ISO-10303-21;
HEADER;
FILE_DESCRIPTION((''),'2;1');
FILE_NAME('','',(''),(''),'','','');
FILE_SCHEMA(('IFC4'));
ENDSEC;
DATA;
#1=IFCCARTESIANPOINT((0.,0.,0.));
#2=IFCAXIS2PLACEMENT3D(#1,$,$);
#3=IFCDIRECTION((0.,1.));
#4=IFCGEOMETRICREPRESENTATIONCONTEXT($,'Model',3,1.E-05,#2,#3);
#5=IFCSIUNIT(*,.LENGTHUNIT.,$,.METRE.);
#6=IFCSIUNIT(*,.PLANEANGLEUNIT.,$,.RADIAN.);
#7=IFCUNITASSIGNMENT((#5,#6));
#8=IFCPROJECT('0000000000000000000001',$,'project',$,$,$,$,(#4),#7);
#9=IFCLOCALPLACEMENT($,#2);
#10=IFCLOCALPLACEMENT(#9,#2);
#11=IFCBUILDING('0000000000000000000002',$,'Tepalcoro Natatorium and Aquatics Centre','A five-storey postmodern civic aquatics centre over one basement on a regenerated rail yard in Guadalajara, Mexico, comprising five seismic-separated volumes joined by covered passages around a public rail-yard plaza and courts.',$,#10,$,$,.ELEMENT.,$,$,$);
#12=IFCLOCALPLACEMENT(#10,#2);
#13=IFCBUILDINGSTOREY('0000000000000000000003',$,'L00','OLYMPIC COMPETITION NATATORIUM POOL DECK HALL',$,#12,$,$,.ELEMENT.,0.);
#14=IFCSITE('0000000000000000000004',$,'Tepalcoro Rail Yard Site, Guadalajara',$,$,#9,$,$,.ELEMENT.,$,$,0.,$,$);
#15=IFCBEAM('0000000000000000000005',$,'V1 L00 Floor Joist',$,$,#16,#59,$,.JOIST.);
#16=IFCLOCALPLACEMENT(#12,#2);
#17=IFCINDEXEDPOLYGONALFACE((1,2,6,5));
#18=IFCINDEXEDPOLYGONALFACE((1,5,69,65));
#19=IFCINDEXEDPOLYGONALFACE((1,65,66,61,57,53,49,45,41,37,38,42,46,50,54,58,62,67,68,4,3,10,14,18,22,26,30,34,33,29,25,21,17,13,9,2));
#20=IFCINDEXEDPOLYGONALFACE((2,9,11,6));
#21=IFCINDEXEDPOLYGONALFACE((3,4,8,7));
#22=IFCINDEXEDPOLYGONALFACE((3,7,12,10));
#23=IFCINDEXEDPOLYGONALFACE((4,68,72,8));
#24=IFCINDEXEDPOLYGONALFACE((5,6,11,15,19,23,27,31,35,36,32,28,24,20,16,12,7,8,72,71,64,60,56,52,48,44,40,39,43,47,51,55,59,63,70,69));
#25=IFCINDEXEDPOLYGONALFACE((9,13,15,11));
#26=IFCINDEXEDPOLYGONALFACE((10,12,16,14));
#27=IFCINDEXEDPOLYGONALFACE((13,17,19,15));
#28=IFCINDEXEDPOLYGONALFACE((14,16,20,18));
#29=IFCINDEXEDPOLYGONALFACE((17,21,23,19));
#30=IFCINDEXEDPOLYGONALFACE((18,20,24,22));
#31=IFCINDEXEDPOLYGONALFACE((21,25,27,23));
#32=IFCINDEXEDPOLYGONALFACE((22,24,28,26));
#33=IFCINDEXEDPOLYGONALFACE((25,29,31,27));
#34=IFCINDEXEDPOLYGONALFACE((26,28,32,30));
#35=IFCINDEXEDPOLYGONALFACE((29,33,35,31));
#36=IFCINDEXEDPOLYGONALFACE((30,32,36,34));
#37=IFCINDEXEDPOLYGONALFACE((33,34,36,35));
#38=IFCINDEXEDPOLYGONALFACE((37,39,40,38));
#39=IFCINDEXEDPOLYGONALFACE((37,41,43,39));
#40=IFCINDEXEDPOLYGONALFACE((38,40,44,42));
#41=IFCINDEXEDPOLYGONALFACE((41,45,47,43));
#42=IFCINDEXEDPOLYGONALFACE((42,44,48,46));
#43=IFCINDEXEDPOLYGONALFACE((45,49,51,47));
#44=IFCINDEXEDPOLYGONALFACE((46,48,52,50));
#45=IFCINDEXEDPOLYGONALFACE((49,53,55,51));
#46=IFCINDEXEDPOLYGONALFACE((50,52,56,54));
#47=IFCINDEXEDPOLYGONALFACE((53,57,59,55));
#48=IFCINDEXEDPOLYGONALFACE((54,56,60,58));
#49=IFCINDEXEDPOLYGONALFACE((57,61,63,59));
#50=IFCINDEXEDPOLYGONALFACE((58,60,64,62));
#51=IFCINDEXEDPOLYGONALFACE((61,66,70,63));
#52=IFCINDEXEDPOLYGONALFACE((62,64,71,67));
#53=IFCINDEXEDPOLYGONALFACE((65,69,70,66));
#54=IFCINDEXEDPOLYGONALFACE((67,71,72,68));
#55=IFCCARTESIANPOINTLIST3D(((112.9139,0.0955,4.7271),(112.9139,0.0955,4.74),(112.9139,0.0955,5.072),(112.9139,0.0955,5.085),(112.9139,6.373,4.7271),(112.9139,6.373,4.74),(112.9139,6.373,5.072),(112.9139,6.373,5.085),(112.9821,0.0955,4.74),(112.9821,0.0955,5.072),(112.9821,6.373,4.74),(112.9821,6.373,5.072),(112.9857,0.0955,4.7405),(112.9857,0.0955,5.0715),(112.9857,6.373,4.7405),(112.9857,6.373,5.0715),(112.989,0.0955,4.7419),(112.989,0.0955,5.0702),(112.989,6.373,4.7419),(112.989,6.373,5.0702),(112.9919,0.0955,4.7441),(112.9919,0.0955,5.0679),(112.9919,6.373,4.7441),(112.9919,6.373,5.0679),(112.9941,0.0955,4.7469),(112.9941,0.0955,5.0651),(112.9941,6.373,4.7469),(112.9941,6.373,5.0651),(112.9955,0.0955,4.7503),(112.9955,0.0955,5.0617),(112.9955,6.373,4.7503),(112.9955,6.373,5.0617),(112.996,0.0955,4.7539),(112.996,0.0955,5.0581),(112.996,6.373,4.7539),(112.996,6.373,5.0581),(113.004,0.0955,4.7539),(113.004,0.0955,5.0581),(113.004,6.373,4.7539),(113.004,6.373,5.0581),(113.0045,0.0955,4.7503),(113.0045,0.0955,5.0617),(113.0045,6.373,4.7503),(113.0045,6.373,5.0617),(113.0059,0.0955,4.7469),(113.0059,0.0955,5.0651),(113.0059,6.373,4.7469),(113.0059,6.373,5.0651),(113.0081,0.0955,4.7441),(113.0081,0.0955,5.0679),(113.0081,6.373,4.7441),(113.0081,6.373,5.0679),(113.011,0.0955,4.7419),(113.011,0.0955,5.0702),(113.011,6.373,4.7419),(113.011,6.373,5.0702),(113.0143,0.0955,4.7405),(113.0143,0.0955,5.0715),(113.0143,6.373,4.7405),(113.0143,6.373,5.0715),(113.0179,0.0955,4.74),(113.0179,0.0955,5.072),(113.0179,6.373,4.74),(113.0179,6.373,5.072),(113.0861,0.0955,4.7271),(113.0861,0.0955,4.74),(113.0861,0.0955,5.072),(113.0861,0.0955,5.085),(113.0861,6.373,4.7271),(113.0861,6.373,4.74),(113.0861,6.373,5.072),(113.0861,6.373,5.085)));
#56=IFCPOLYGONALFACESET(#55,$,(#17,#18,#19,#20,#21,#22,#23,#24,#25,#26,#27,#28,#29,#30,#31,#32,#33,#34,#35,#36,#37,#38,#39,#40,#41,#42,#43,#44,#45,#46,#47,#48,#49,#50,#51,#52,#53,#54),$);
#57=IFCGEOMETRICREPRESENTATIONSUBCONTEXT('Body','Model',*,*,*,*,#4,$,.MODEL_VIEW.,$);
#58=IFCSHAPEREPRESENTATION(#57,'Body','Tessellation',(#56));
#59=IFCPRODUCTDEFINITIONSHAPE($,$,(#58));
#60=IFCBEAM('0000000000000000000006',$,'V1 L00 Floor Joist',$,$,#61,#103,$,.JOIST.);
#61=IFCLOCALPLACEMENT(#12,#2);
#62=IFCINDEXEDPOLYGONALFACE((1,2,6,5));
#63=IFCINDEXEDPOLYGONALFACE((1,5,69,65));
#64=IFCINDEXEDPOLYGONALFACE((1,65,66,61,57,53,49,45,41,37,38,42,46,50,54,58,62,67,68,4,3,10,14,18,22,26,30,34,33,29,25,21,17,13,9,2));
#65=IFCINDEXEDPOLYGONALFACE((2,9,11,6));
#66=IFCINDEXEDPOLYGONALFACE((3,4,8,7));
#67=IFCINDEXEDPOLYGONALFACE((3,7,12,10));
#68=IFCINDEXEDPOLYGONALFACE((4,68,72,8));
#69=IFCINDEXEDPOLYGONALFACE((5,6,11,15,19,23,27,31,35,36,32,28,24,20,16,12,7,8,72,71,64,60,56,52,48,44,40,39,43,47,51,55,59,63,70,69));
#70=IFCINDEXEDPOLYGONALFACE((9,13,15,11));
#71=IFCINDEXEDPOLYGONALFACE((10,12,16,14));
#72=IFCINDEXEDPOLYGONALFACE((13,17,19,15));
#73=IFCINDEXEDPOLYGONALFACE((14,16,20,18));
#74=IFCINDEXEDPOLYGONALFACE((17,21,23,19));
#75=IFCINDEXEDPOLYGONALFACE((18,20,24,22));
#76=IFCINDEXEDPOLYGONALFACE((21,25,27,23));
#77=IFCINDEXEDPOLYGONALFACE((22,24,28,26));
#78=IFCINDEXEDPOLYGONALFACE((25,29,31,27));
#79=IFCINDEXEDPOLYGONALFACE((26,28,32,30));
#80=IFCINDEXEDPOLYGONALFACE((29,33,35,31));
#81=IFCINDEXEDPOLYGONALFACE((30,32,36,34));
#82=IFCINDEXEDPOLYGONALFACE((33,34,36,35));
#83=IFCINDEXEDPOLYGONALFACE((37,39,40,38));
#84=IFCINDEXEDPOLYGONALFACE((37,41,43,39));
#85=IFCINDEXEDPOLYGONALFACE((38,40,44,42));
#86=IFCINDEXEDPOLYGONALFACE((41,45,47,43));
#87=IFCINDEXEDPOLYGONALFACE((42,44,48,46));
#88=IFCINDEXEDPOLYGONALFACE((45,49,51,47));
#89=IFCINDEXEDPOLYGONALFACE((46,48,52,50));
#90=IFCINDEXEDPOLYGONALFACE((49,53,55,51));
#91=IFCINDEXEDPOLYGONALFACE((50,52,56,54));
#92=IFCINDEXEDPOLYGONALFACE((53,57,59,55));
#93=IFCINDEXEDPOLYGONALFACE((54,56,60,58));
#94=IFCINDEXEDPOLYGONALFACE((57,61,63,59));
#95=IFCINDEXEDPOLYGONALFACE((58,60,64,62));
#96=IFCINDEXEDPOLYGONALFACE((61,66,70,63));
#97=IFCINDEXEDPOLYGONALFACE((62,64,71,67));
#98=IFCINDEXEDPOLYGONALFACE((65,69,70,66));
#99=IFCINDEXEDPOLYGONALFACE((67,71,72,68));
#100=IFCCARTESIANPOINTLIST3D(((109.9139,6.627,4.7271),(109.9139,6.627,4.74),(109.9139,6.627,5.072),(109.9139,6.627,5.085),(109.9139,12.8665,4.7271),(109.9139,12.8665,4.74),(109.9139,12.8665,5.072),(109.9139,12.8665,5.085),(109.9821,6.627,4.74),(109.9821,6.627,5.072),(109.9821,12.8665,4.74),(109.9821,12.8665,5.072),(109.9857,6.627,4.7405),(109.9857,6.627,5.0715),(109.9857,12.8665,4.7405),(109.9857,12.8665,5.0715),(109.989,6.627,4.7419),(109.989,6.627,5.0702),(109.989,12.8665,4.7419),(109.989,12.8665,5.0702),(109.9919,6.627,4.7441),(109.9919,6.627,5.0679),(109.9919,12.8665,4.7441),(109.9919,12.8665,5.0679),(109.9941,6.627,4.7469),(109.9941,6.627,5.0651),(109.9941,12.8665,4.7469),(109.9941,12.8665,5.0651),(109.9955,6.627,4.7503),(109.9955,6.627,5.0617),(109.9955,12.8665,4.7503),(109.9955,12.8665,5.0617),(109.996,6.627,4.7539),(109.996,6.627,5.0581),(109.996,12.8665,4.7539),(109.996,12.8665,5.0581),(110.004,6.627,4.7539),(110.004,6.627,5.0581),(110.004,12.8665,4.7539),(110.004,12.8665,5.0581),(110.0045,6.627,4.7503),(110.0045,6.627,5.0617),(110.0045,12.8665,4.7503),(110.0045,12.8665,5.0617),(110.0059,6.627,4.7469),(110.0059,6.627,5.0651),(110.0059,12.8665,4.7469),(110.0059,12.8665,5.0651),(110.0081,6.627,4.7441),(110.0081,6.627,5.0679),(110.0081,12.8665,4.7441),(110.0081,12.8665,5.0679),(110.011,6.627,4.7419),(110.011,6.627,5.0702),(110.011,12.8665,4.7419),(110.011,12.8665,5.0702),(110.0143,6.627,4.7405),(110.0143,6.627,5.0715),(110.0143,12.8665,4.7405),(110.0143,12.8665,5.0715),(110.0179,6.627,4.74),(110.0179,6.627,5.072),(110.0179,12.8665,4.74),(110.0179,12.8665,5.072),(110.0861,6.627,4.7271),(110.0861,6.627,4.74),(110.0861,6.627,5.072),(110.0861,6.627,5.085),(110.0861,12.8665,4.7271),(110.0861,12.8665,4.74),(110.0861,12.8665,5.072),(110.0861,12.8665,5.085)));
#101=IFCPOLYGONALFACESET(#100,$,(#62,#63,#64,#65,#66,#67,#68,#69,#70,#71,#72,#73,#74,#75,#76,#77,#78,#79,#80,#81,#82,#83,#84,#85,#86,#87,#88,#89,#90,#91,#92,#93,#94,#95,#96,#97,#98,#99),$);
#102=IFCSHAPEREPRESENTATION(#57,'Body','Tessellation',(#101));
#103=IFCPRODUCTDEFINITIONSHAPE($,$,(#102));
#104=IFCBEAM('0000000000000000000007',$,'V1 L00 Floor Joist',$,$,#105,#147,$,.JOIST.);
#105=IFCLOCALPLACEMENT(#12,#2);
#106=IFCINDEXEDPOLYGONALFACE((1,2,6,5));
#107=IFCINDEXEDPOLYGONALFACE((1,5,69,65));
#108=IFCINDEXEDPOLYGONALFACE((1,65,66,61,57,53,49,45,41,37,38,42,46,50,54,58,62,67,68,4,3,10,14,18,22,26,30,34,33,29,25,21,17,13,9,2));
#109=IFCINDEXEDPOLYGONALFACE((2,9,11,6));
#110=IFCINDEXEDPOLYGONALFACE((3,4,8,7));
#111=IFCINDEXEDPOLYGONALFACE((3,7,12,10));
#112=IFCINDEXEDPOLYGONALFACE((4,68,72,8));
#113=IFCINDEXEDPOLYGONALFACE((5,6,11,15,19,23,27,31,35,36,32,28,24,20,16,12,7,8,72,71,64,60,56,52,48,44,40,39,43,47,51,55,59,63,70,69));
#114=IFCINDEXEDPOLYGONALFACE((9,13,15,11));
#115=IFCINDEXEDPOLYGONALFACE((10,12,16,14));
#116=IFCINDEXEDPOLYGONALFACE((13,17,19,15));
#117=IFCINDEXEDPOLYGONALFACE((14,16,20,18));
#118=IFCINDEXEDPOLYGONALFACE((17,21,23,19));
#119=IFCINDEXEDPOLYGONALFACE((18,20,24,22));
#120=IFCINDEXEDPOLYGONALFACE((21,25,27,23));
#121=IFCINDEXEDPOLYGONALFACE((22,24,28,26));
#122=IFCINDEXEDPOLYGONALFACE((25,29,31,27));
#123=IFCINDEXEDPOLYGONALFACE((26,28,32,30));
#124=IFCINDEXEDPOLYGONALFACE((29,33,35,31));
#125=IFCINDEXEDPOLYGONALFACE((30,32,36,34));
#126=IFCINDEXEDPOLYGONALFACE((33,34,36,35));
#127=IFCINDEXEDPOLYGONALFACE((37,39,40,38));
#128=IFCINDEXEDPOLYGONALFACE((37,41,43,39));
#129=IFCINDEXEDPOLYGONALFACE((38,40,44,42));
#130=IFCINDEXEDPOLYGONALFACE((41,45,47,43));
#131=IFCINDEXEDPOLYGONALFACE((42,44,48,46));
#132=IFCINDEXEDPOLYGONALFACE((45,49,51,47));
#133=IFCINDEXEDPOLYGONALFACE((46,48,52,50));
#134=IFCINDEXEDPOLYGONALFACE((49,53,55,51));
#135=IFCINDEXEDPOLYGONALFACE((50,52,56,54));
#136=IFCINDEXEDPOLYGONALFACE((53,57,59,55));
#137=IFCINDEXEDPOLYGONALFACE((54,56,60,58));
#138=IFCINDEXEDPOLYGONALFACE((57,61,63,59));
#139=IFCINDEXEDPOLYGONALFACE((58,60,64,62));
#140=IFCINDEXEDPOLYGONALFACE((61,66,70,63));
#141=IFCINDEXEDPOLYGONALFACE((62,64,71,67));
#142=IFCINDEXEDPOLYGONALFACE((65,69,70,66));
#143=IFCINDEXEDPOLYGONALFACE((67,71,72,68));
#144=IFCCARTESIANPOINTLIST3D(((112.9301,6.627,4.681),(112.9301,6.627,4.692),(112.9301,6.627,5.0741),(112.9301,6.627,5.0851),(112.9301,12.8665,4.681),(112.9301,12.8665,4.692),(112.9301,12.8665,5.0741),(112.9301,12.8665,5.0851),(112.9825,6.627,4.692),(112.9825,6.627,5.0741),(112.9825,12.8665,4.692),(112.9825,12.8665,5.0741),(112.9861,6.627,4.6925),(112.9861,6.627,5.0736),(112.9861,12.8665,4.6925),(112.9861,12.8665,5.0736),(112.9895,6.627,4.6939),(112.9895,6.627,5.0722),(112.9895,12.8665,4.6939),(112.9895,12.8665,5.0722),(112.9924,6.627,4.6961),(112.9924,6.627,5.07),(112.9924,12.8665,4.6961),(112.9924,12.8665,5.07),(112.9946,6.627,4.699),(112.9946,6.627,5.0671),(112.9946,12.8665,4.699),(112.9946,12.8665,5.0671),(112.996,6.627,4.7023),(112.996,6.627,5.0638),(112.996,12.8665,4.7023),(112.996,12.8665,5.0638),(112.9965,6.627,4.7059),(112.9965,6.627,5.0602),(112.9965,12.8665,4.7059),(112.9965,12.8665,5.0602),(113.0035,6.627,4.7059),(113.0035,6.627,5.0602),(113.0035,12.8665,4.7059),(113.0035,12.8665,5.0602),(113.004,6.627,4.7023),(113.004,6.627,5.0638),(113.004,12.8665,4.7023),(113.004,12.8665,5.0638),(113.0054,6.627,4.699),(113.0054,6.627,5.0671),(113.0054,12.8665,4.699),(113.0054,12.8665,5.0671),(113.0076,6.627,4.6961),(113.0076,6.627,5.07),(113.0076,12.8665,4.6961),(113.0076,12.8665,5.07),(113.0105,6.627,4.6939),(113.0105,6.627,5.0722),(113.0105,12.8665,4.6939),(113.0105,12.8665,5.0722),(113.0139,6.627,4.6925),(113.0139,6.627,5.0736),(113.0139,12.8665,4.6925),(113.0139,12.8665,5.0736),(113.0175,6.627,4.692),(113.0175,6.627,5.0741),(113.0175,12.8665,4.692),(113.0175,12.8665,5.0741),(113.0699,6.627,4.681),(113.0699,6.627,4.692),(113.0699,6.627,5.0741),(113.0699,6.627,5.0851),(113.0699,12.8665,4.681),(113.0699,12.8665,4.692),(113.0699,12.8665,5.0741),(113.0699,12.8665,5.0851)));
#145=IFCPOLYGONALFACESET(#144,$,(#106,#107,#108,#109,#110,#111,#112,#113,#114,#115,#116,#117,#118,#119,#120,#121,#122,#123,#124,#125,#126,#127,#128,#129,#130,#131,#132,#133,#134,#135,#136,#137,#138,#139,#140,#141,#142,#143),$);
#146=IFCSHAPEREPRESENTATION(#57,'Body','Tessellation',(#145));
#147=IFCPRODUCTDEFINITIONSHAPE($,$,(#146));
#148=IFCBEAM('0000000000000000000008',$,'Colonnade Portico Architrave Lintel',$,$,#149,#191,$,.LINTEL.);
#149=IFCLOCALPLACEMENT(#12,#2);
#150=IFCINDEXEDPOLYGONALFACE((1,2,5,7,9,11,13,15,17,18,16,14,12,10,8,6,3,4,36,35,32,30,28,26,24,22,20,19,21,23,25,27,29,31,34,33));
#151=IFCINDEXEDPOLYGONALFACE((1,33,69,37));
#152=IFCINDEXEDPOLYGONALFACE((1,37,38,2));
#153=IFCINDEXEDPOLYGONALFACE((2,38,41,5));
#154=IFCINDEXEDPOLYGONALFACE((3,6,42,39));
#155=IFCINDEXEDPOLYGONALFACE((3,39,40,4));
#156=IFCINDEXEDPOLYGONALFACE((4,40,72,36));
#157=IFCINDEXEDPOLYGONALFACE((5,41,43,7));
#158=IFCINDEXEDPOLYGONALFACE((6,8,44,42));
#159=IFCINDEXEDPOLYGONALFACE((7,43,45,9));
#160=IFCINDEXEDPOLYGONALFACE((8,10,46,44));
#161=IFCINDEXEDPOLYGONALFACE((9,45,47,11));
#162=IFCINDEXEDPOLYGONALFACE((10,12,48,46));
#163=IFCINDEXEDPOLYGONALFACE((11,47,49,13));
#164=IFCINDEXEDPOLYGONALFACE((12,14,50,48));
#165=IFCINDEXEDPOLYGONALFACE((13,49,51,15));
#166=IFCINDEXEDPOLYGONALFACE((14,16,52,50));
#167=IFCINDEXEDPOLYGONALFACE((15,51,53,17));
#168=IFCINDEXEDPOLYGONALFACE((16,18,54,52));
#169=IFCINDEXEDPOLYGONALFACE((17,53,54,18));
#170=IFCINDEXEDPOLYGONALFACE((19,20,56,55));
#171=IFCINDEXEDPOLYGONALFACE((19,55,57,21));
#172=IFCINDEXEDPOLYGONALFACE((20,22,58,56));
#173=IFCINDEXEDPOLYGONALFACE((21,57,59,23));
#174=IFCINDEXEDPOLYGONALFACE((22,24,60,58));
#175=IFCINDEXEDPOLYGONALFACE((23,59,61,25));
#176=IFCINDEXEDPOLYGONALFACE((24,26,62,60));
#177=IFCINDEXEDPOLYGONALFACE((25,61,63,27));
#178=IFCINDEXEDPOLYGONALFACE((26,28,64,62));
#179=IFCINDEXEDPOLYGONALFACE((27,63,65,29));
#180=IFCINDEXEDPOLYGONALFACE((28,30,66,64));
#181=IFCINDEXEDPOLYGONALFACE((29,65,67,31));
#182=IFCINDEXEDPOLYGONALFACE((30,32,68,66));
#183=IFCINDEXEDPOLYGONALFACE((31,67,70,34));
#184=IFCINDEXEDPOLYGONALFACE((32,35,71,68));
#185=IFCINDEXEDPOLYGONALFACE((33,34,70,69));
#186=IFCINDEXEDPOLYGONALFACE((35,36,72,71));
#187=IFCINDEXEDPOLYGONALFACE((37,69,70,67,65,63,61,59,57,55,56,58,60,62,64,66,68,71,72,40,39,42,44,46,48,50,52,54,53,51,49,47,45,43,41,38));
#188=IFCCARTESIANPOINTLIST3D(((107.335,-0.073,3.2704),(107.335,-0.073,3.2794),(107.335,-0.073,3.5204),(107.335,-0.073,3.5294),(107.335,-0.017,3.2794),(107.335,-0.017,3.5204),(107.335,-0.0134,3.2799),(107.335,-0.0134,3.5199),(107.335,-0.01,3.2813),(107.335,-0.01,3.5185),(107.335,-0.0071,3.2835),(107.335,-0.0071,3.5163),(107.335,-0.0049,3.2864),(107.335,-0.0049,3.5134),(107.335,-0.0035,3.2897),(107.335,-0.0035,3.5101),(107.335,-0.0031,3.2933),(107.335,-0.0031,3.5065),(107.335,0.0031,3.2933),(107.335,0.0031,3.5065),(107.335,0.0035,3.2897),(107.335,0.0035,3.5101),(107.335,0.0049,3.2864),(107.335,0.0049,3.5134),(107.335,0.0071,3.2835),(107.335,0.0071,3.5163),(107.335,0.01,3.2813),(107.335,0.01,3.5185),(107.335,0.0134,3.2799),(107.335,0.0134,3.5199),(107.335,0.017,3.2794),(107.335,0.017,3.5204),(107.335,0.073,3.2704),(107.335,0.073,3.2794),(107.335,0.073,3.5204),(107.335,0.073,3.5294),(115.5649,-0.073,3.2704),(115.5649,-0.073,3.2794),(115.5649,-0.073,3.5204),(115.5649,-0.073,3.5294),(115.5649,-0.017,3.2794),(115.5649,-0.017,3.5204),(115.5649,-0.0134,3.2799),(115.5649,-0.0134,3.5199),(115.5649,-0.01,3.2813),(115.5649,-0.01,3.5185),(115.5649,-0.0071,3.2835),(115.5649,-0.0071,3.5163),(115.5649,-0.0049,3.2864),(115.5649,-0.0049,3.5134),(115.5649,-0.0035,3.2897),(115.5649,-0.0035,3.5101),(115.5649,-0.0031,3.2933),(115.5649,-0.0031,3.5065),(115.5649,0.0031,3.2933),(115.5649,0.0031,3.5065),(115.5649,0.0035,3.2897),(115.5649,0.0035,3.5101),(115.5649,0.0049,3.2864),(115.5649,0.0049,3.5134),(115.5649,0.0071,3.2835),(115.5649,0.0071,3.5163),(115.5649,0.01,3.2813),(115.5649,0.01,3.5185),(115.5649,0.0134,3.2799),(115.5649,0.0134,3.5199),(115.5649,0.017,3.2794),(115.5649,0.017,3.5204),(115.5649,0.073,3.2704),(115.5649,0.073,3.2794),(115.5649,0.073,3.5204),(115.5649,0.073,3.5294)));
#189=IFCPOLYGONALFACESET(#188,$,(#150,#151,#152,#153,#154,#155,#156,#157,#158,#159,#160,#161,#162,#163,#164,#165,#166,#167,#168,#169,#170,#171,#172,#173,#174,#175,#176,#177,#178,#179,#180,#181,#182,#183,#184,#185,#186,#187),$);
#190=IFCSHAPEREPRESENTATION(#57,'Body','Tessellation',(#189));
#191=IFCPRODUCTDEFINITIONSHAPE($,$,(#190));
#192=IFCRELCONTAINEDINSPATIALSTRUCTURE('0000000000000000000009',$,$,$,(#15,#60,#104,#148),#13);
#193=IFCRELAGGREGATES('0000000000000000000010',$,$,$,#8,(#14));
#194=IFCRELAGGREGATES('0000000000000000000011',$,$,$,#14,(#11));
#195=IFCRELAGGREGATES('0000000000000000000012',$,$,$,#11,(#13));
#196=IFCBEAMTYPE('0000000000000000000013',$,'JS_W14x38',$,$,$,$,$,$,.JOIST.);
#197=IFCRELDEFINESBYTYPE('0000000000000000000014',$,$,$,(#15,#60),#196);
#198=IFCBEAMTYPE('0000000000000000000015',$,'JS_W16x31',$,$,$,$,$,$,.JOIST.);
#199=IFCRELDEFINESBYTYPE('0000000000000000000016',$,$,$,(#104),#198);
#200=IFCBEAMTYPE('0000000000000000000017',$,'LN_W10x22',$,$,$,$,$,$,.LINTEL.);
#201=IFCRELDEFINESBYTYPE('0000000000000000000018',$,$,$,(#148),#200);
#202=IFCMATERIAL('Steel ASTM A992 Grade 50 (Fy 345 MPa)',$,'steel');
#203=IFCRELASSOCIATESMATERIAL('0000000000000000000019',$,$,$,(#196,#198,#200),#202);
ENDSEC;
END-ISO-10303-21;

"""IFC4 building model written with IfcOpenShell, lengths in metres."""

from ifc_helpers import new_model, si_unit, direction, frame, origin, origin_2d, place, context, subcontext, project, spatial, i_section, extrude, material, material_profile, profile_set, type_object, element, save


model = new_model("IFC4")

# Units and contexts
model_context = context("Model", 3, precision=1e-05, world=origin(), true_north=direction((0.0, 1.0)))
body_context = subcontext(model_context, "Body", "Model", "MODEL_VIEW")
ifc_project = project(units=[si_unit("LENGTHUNIT", "METRE"), si_unit("PLANEANGLEUNIT", "RADIAN")], contexts=[model_context])

# Site, building, storey
site_placement = place(None, origin())
site = spatial("IfcSite", under=ifc_project, at=site_placement, Name="Tepalcoro Rail Yard Site, Guadalajara", CompositionType="ELEMENT", RefElevation=0.0)
building_placement = place(site_placement, origin())
building = spatial("IfcBuilding", under=site, at=building_placement, Name="Tepalcoro Natatorium and Aquatics Centre", Description="A five-storey postmodern civic aquatics centre over one basement on a regenerated rail yard in Guadalajara, Mexico, comprising five seismic-separated volumes joined by covered passages around a public rail-yard plaza and courts.", CompositionType="ELEMENT")
storey_placement = place(building_placement, origin())
storey = spatial("IfcBuildingStorey", under=building, at=storey_placement, Name="L00", Description="OLYMPIC COMPETITION NATATORIUM POOL DECK HALL", CompositionType="ELEMENT", Elevation=0.0)

# Shared definitions
ifc_material_1 = material(Name="Steel ASTM A992 Grade 50 (Fy 345 MPa)", Category="steel")

# Beams
ifc_material_profile_1 = material_profile(ifc_material_1, i_section(OverallWidth=0.1721, OverallDepth=0.3579, WebThickness=0.0081, FlangeThickness=0.0129, FilletRadius=0.0139, at=origin_2d()), Name="W14X38")
ifc_profile_set_1 = profile_set([ifc_material_profile_1], Name="Steel ASTM A992 Grade 50 (Fy 345 MPa)")
beam_type_1 = type_object("IfcBeamType", Name="JS_W14x38", PredefinedType="JOIST", material=ifc_profile_set_1)
beam_1_placement = place(storey_placement, frame((113.0, 0.0955, 4.906), z_axis=(0.0, 1.0, 0.0), x_axis=(-1.0, 0.0, 0.0)))
element("IfcBeam", 1, at=beam_1_placement, inside=storey, type_object=beam_type_1, Name="V1 L00 Floor Joist", PredefinedType="JOIST", context=body_context, shape_type="SweptSolid", body=[
    extrude(i_section(OverallWidth=0.1721, OverallDepth=0.3579, WebThickness=0.0081, FlangeThickness=0.0129, FilletRadius=0.0139, at=origin_2d()), origin(), (0.0, 0.0, 1.0), 6.2776),
])
beam_2_placement = place(storey_placement, frame((110.0, 6.627, 4.906), z_axis=(0.0, 1.0, 0.0), x_axis=(-1.0, 0.0, 0.0)))
element("IfcBeam", 2, at=beam_2_placement, inside=storey, type_object=beam_type_1, Name="V1 L00 Floor Joist", PredefinedType="JOIST", context=body_context, shape_type="SweptSolid", body=[
    extrude(i_section(OverallWidth=0.1721, OverallDepth=0.3579, WebThickness=0.0081, FlangeThickness=0.0129, FilletRadius=0.0139, at=origin_2d()), origin(), (0.0, 0.0, 1.0), 6.2395),
])
ifc_material_profile_2 = material_profile(ifc_material_1, i_section(OverallWidth=0.1399, OverallDepth=0.4041, WebThickness=0.0071, FlangeThickness=0.011, FilletRadius=0.0139, at=origin_2d()), Name="W16X31")
ifc_profile_set_2 = profile_set([ifc_material_profile_2], Name="Steel ASTM A992 Grade 50 (Fy 345 MPa)")
beam_type_2 = type_object("IfcBeamType", Name="JS_W16x31", PredefinedType="JOIST", material=ifc_profile_set_2)
beam_3_placement = place(storey_placement, frame((113.0, 6.627, 4.8831), z_axis=(0.0, 1.0, 0.0), x_axis=(-1.0, 0.0, 0.0)))
element("IfcBeam", 3, at=beam_3_placement, inside=storey, type_object=beam_type_2, Name="V1 L00 Floor Joist", PredefinedType="JOIST", context=body_context, shape_type="SweptSolid", body=[
    extrude(i_section(OverallWidth=0.1399, OverallDepth=0.4041, WebThickness=0.0071, FlangeThickness=0.011, FilletRadius=0.0139, at=origin_2d()), origin(), (0.0, 0.0, 1.0), 6.2395),
])
ifc_material_profile_3 = material_profile(ifc_material_1, i_section(OverallWidth=0.146, OverallDepth=0.259, WebThickness=0.0061, FlangeThickness=0.009, FilletRadius=0.0139, at=origin_2d()), Name="W10X22")
ifc_profile_set_3 = profile_set([ifc_material_profile_3], Name="Steel ASTM A992 Grade 50 (Fy 345 MPa)")
beam_type_3 = type_object("IfcBeamType", Name="LN_W10x22", PredefinedType="LINTEL", material=ifc_profile_set_3)
beam_4_placement = place(storey_placement, frame((107.335, 0.0, 3.3999), z_axis=(1.0, 0.0, 0.0), x_axis=(0.0, 1.0, 0.0)))
element("IfcBeam", 4, at=beam_4_placement, inside=storey, type_object=beam_type_3, Name="Colonnade Portico Architrave Lintel", PredefinedType="LINTEL", context=body_context, shape_type="SweptSolid", body=[
    extrude(i_section(OverallWidth=0.146, OverallDepth=0.259, WebThickness=0.0061, FlangeThickness=0.009, FilletRadius=0.0139, at=origin_2d()), origin(), (0.0, 0.0, 1.0), 8.23),
])

save(model, "model.ifc")
